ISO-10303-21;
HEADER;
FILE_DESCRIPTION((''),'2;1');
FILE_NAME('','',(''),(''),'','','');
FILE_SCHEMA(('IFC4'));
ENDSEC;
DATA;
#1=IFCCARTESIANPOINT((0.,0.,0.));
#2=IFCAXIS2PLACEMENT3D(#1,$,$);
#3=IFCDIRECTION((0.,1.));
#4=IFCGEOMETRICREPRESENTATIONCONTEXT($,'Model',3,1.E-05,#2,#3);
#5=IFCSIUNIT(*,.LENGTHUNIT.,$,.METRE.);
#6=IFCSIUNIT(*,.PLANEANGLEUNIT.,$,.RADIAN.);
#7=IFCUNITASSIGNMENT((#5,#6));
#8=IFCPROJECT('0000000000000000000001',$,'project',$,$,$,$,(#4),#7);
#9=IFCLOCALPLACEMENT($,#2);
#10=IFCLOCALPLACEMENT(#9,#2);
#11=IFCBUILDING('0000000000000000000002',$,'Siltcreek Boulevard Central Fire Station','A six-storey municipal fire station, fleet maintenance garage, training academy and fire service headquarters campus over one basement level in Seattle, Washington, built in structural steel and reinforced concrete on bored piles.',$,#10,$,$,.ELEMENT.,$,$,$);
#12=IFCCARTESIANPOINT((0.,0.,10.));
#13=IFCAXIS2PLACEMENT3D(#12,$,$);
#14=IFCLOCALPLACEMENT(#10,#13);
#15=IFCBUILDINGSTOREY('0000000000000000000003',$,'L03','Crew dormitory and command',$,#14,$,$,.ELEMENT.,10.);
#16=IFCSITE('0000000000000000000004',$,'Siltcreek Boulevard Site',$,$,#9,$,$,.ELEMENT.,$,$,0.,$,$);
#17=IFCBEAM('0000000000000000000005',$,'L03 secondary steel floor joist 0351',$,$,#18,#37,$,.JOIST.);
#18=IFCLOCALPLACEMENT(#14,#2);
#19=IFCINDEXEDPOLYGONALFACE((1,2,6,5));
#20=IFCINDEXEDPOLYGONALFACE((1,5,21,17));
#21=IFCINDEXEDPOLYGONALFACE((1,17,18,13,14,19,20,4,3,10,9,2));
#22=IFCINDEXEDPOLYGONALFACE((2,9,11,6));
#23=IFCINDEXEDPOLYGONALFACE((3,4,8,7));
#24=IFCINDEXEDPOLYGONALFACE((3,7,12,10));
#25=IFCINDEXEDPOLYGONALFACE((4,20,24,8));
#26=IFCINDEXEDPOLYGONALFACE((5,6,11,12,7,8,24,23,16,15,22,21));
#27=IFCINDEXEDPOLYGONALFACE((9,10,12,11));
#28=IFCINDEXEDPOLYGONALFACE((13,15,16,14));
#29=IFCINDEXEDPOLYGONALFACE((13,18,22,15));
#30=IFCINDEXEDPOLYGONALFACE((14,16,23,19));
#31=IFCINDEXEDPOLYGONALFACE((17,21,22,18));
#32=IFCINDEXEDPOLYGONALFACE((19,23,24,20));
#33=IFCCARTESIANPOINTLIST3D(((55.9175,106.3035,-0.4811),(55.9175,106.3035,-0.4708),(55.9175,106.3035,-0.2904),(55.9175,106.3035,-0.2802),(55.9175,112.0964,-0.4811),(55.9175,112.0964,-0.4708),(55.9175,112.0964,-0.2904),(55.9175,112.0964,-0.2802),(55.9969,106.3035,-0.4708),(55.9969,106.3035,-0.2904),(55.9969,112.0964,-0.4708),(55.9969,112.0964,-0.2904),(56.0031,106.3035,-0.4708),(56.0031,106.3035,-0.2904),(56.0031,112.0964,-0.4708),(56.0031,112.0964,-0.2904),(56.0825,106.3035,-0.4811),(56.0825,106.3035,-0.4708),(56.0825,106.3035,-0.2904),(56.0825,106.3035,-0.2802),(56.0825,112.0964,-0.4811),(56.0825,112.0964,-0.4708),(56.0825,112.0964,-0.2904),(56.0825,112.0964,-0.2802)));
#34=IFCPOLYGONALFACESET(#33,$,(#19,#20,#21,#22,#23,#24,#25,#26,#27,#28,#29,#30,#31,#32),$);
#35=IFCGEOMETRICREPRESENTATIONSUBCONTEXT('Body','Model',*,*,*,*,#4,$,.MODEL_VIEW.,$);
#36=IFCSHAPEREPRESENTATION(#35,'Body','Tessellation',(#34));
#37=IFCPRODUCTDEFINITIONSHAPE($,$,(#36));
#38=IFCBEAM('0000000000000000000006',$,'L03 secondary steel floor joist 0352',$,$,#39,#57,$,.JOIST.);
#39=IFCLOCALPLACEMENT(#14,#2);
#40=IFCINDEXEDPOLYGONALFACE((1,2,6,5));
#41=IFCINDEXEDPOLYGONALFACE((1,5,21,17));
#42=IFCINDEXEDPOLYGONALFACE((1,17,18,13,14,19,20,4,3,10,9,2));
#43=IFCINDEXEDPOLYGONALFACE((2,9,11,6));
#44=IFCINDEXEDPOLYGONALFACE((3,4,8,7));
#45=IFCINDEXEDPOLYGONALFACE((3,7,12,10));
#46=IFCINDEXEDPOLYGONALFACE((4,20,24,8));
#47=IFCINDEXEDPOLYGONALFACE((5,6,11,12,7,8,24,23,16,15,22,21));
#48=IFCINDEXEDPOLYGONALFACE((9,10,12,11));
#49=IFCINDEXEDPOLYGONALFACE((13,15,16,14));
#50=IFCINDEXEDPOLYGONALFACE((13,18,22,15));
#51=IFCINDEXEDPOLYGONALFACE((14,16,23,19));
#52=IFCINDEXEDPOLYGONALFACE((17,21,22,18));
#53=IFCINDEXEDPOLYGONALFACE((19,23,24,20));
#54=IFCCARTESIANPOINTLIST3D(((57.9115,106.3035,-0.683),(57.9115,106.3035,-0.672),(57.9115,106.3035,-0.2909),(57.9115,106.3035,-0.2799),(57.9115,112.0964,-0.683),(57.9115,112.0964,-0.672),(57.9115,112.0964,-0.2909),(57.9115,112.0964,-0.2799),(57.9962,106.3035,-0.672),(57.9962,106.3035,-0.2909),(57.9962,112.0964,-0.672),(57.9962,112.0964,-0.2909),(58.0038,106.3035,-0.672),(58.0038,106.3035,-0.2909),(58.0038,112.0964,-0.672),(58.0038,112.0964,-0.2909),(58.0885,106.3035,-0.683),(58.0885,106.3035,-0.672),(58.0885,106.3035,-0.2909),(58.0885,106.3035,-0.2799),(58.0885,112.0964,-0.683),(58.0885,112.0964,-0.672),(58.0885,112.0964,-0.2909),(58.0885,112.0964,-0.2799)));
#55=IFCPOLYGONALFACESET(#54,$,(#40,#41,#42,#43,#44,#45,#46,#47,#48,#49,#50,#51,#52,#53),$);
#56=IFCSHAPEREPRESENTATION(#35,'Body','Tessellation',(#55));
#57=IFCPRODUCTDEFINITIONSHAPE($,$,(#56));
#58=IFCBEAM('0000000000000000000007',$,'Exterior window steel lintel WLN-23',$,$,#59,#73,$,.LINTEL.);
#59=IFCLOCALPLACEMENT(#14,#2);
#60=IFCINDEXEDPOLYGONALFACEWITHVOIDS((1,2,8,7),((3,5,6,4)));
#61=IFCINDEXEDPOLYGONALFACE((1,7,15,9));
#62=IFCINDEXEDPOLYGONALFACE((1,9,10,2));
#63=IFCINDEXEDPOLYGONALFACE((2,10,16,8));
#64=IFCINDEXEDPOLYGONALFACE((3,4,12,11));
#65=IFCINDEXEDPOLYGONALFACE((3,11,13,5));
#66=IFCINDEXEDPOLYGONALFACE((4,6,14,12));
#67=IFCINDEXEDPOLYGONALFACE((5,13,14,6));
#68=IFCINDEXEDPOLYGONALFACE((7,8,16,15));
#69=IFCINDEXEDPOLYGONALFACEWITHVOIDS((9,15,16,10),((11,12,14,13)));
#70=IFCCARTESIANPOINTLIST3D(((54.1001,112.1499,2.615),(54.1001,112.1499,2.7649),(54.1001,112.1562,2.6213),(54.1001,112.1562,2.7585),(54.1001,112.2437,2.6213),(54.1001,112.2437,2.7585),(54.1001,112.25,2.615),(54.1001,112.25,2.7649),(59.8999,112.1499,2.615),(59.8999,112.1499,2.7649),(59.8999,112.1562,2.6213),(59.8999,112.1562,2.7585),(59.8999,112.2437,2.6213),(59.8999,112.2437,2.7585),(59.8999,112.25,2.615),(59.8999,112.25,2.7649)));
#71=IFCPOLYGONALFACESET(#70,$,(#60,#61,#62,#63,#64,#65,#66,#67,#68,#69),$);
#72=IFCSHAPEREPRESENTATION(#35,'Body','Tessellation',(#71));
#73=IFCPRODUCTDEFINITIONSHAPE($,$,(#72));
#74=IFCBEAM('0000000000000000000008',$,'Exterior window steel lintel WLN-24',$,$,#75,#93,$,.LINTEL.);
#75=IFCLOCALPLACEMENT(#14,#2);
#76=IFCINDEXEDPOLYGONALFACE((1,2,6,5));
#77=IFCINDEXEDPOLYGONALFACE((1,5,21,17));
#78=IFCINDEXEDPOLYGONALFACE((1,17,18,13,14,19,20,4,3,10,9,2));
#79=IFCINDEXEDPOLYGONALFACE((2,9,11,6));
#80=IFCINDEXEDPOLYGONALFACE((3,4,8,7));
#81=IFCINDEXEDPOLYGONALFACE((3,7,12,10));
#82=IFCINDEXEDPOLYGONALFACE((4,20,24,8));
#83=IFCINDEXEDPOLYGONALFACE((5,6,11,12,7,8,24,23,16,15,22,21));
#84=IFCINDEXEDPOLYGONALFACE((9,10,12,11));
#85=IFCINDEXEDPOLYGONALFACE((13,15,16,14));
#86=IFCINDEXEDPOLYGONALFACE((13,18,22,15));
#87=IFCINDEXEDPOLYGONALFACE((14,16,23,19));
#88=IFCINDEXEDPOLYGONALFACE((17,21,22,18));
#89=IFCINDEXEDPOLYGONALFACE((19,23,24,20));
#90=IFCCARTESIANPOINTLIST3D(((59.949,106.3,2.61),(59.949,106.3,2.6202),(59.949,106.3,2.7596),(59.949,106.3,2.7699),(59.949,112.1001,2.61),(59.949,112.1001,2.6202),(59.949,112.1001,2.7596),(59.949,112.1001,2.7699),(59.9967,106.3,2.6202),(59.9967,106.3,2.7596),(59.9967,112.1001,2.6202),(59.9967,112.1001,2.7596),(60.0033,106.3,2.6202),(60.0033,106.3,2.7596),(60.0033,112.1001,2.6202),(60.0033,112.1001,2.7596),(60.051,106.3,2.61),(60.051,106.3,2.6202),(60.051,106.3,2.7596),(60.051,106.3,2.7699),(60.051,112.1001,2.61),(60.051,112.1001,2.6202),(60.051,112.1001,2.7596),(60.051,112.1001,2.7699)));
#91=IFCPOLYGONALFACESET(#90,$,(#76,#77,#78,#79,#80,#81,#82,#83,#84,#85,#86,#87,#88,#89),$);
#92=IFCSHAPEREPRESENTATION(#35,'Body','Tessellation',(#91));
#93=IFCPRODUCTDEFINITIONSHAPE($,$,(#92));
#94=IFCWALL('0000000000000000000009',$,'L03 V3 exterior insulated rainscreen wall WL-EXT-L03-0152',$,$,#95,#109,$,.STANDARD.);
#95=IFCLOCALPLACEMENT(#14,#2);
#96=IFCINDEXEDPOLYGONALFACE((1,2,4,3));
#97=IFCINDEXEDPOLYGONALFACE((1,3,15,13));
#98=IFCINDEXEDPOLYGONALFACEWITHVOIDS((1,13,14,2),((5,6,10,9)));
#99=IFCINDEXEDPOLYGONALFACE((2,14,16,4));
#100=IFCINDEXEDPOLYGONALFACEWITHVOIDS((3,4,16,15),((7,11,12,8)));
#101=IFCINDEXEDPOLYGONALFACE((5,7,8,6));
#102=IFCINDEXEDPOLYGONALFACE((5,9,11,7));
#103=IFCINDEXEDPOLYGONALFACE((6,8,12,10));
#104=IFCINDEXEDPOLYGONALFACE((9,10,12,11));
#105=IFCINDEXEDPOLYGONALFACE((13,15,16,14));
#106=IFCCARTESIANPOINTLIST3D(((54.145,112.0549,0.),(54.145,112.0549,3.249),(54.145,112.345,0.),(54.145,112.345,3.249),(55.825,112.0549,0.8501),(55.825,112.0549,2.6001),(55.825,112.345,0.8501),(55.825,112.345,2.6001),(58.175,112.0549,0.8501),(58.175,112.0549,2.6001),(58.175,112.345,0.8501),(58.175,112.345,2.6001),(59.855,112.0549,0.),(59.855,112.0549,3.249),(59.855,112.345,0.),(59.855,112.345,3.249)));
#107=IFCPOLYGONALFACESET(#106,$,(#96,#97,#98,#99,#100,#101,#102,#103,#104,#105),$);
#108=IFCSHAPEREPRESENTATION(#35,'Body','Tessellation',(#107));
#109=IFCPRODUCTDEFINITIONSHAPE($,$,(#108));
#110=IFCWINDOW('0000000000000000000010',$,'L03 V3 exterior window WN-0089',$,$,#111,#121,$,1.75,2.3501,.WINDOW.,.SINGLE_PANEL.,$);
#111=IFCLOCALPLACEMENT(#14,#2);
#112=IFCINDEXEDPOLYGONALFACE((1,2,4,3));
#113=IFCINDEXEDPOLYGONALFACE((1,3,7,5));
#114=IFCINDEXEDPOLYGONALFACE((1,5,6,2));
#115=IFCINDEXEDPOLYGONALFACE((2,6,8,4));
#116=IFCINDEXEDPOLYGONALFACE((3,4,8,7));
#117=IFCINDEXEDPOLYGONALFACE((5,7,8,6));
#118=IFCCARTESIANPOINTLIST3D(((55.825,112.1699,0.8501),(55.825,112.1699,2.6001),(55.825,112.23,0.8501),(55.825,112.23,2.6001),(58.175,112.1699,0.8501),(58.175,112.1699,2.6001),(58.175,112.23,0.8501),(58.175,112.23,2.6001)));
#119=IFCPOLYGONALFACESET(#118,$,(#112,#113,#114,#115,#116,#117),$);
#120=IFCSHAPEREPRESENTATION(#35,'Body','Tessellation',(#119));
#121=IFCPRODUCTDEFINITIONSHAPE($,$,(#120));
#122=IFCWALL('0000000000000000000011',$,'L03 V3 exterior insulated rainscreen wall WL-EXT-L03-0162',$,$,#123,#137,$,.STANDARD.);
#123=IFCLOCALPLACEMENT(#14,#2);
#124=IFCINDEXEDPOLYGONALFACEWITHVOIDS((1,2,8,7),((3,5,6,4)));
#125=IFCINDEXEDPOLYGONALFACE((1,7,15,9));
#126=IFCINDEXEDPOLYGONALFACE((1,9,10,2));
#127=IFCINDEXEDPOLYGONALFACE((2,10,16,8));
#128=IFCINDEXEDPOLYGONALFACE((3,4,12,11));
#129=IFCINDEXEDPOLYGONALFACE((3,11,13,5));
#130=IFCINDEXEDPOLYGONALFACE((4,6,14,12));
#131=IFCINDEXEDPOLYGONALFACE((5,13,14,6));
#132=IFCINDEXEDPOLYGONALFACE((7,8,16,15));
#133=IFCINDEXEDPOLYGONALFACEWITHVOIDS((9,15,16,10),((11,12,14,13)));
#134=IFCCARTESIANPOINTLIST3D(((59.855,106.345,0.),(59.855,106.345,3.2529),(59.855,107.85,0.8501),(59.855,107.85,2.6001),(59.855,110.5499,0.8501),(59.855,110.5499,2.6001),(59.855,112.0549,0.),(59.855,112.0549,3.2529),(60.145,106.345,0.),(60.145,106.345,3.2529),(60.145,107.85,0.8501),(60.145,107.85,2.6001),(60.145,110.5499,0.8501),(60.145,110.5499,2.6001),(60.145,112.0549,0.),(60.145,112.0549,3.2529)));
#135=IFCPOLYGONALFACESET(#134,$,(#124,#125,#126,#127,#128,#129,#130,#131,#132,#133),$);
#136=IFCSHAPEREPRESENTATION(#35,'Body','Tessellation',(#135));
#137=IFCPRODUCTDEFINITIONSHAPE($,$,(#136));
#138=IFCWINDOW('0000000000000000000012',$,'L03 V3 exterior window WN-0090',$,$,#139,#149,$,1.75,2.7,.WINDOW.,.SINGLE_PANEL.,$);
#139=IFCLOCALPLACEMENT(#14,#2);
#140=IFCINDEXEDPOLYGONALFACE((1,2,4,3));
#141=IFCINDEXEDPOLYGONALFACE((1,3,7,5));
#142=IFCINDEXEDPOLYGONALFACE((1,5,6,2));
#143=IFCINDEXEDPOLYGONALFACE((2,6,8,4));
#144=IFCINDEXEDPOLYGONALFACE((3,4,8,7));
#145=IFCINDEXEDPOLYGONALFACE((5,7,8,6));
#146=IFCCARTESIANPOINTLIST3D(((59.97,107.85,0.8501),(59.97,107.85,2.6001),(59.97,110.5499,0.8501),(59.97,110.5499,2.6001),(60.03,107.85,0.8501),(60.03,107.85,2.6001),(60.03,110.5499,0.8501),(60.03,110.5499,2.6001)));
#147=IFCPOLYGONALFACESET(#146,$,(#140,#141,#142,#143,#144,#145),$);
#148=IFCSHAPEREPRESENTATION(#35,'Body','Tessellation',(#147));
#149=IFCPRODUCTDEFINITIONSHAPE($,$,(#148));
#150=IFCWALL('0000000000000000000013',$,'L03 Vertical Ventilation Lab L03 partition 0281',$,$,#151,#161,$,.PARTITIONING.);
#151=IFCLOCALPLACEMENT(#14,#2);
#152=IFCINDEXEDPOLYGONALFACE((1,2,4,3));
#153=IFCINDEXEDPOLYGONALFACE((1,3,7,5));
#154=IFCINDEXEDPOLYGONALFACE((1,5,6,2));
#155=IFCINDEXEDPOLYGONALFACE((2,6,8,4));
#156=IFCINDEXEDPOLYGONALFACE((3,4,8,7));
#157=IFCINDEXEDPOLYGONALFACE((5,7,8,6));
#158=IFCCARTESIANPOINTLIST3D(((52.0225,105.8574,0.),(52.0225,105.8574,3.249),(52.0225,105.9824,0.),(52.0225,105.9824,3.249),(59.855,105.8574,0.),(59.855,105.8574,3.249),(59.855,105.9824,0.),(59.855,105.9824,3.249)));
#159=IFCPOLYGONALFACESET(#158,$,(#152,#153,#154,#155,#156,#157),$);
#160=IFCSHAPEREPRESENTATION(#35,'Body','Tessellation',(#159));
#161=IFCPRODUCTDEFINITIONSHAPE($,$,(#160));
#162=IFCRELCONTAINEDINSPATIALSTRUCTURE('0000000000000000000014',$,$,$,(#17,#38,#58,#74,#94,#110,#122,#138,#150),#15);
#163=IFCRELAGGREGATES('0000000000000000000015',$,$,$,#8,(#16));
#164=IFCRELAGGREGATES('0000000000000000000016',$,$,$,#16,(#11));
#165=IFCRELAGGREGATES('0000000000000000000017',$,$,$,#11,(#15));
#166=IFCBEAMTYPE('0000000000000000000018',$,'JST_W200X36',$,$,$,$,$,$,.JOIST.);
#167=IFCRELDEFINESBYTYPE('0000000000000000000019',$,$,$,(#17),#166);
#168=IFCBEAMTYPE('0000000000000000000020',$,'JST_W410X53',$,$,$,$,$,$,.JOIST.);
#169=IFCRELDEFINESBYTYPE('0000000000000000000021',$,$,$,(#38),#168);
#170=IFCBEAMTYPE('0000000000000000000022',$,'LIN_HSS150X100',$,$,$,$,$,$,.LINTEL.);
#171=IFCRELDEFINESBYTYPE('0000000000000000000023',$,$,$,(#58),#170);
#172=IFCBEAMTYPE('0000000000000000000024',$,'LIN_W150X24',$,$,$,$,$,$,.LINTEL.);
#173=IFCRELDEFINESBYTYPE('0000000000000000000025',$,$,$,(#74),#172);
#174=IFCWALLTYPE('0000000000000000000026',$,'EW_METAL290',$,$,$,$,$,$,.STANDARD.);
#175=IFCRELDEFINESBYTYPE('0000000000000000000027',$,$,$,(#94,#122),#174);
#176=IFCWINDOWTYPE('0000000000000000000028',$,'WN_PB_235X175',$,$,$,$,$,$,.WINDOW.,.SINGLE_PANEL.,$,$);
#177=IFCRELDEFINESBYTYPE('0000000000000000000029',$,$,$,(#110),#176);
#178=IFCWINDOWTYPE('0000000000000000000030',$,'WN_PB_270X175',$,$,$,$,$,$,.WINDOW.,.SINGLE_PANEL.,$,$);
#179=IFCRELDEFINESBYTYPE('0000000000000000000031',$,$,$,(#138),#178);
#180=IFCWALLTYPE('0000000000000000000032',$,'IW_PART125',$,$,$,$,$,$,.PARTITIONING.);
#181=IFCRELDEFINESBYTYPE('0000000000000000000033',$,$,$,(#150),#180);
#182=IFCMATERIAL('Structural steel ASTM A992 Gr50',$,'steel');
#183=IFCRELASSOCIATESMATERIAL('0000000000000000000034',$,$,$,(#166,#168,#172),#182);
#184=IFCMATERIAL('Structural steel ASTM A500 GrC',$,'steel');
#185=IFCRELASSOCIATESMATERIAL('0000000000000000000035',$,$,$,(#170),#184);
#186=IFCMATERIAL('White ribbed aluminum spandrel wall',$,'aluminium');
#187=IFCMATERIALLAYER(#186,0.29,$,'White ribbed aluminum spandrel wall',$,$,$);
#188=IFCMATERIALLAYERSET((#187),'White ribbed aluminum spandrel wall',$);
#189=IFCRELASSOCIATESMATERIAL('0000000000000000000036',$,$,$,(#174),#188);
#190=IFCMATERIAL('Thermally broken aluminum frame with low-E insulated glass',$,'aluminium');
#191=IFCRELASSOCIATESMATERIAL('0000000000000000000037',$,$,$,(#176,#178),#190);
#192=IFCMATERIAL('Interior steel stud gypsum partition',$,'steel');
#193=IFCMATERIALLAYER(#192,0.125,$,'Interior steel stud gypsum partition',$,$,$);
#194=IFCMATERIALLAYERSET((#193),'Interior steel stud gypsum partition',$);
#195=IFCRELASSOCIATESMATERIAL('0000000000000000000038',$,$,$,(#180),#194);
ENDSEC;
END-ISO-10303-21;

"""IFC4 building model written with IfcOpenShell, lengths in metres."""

from ifc_helpers import new_model, si_unit, direction, frame, frame_2d, origin, origin_2d, place, context, subcontext, project, spatial, rectangle, hollow_rectangle, i_section, extrude, material, layer, layer_set, material_profile, profile_set, type_object, element, fill, save


model = new_model("IFC4")

# Units and contexts
model_context = context("Model", 3, precision=1e-05, world=origin(), true_north=direction((0.0, 1.0)))
body_context = subcontext(model_context, "Body", "Model", "MODEL_VIEW")
ifc_project = project(units=[si_unit("LENGTHUNIT", "METRE"), si_unit("PLANEANGLEUNIT", "RADIAN")], contexts=[model_context])

# Site, building, storey
site_placement = place(None, origin())
site = spatial("IfcSite", under=ifc_project, at=site_placement, Name="Siltcreek Boulevard Site", CompositionType="ELEMENT", RefElevation=0.0)
building_placement = place(site_placement, origin())
building = spatial("IfcBuilding", under=site, at=building_placement, Name="Siltcreek Boulevard Central Fire Station", Description="A six-storey municipal fire station, fleet maintenance garage, training academy and fire service headquarters campus over one basement level in Seattle, Washington, built in structural steel and reinforced concrete on bored piles.", CompositionType="ELEMENT")
storey_placement = place(building_placement, frame((0.0, 0.0, 10.0)))
storey = spatial("IfcBuildingStorey", under=building, at=storey_placement, Name="L03", Description="Crew dormitory and command", CompositionType="ELEMENT", Elevation=10.0)

# Shared definitions
ifc_material_1 = material(Name="Structural steel ASTM A992 Gr50", Category="steel")

# Beams
ifc_material_profile_1 = material_profile(ifc_material_1, i_section(OverallWidth=0.165, OverallDepth=0.2009, WebThickness=0.0061, FlangeThickness=0.0103, at=origin_2d()), Name="W200X36")
ifc_profile_set_1 = profile_set([ifc_material_profile_1], Name="Structural steel ASTM A992 Gr50")
beam_type_1 = type_object("IfcBeamType", Name="JST_W200X36", PredefinedType="JOIST", material=ifc_profile_set_1)
beam_1_placement = place(storey_placement, frame((56.0, 106.3035, -0.3806), z_axis=(0.0, 1.0, 0.0), x_axis=(-1.0, 0.0, 0.0)))
element("IfcBeam", 1, at=beam_1_placement, inside=storey, type_object=beam_type_1, Name="L03 secondary steel floor joist 0351", PredefinedType="JOIST", context=body_context, shape_type="SweptSolid", body=[
    extrude(i_section(OverallWidth=0.165, OverallDepth=0.2009, WebThickness=0.0061, FlangeThickness=0.0103, at=origin_2d()), origin(), (0.0, 0.0, 1.0), 5.793),
])
ifc_material_profile_2 = material_profile(ifc_material_1, i_section(OverallWidth=0.177, OverallDepth=0.4031, WebThickness=0.0076, FlangeThickness=0.011, at=origin_2d()), Name="W410X53")
ifc_profile_set_2 = profile_set([ifc_material_profile_2], Name="Structural steel ASTM A992 Gr50")
beam_type_2 = type_object("IfcBeamType", Name="JST_W410X53", PredefinedType="JOIST", material=ifc_profile_set_2)
beam_2_placement = place(storey_placement, frame((58.0, 106.3035, -0.4814), z_axis=(0.0, 1.0, 0.0), x_axis=(-1.0, 0.0, 0.0)))
element("IfcBeam", 2, at=beam_2_placement, inside=storey, type_object=beam_type_2, Name="L03 secondary steel floor joist 0352", PredefinedType="JOIST", context=body_context, shape_type="SweptSolid", body=[
    extrude(i_section(OverallWidth=0.177, OverallDepth=0.4031, WebThickness=0.0076, FlangeThickness=0.011, at=origin_2d()), origin(), (0.0, 0.0, 1.0), 5.793),
])
ifc_material_2 = material(Name="Structural steel ASTM A500 GrC", Category="steel")
ifc_material_profile_3 = material_profile(ifc_material_2, hollow_rectangle(XDim=0.1001, YDim=0.1499, WallThickness=0.0063, at=origin_2d()), Name="HSS150X100X6.4")
ifc_profile_set_3 = profile_set([ifc_material_profile_3], Name="Structural steel ASTM A500 GrC")
beam_type_3 = type_object("IfcBeamType", Name="LIN_HSS150X100", PredefinedType="LINTEL", material=ifc_profile_set_3)
beam_3_placement = place(storey_placement, frame((59.8999, 112.2, 2.6899), z_axis=(-1.0, 0.0, 0.0), x_axis=(0.0, -1.0, 0.0)))
element("IfcBeam", 3, at=beam_3_placement, inside=storey, type_object=beam_type_3, Name="Exterior window steel lintel WLN-23", PredefinedType="LINTEL", context=body_context, shape_type="SweptSolid", body=[
    extrude(hollow_rectangle(XDim=0.1001, YDim=0.1499, WallThickness=0.0063, at=origin_2d()), origin(), (0.0, 0.0, 1.0), 5.7998),
])
ifc_material_profile_4 = material_profile(ifc_material_1, i_section(OverallWidth=0.1021, OverallDepth=0.1599, WebThickness=0.0066, FlangeThickness=0.0103, at=origin_2d()), Name="W150X24")
ifc_profile_set_4 = profile_set([ifc_material_profile_4], Name="Structural steel ASTM A992 Gr50")
beam_type_4 = type_object("IfcBeamType", Name="LIN_W150X24", PredefinedType="LINTEL", material=ifc_profile_set_4)
beam_4_placement = place(storey_placement, frame((60.0, 106.3, 2.6899), z_axis=(0.0, 1.0, 0.0), x_axis=(-1.0, 0.0, 0.0)))
element("IfcBeam", 4, at=beam_4_placement, inside=storey, type_object=beam_type_4, Name="Exterior window steel lintel WLN-24", PredefinedType="LINTEL", context=body_context, shape_type="SweptSolid", body=[
    extrude(i_section(OverallWidth=0.1021, OverallDepth=0.1599, WebThickness=0.0066, FlangeThickness=0.0103, at=origin_2d()), origin(), (0.0, 0.0, 1.0), 5.8),
])

# Walls, openings, windows
ifc_material_3 = material(Name="White ribbed aluminum spandrel wall", Category="aluminium")
ifc_layer_1 = layer(ifc_material_3, 0.29, Name="White ribbed aluminum spandrel wall")
ifc_layer_set_1 = layer_set([ifc_layer_1], Name="White ribbed aluminum spandrel wall")
wall_type_1 = type_object("IfcWallType", Name="EW_METAL290", PredefinedType="STANDARD", material=ifc_layer_set_1)
wall_1_placement = place(storey_placement, frame((59.855, 112.2, 0.0), z_axis=(0.0, 0.0, 1.0), x_axis=(-1.0, 0.0, 0.0)))
wall_1 = element("IfcWall", 5, at=wall_1_placement, inside=storey, type_object=wall_type_1, Name="L03 V3 exterior insulated rainscreen wall WL-EXT-L03-0152", PredefinedType="STANDARD", context=body_context, shape_type="SweptSolid", body=[
    extrude(rectangle(XDim=5.71, YDim=0.29, at=frame_2d((2.855, 0.0))), origin(), (0.0, 0.0, 1.0), 3.249),
])
opening_1_placement = place(wall_1_placement, frame((1.6799, 0.0, 0.8501)))
opening_1 = element("IfcOpeningElement", 6, at=opening_1_placement, cuts=wall_1, PredefinedType="OPENING", context=body_context, shape_type="SweptSolid", body=[
    extrude(rectangle(XDim=2.3501, YDim=1.75, at=frame_2d((1.175, 0.875))), frame((0.0, 0.155, 0.0), z_axis=(0.0, -1.0, 0.0), x_axis=(1.0, 0.0, 0.0)), (0.0, 0.0, 1.0), 0.3101),
])
ifc_material_4 = material(Name="Thermally broken aluminum frame with low-E insulated glass", Category="aluminium")
window_type_1 = type_object("IfcWindowType", Name="WN_PB_235X175", PartitioningType="SINGLE_PANEL", PredefinedType="WINDOW", material=ifc_material_4)
window_1_placement = place(opening_1_placement, origin())
window_1 = element("IfcWindow", 7, at=window_1_placement, inside=storey, type_object=window_type_1, Name="L03 V3 exterior window WN-0089", OverallHeight=1.75, OverallWidth=2.3501, PartitioningType="SINGLE_PANEL", PredefinedType="WINDOW", context=body_context, shape_type="SweptSolid", body=[
    extrude(rectangle(XDim=2.3501, YDim=1.75, at=frame_2d((1.175, 0.875))), frame((0.0, 0.03, 0.0), z_axis=(0.0, -1.0, 0.0), x_axis=(1.0, 0.0, 0.0)), (0.0, 0.0, 1.0), 0.0601),
])
fill(opening_1, window_1)
wall_2_placement = place(storey_placement, frame((60.0, 106.345, 0.0), z_axis=(0.0, 0.0, 1.0), x_axis=(0.0, 1.0, 0.0)))
wall_2 = element("IfcWall", 8, at=wall_2_placement, inside=storey, type_object=wall_type_1, Name="L03 V3 exterior insulated rainscreen wall WL-EXT-L03-0162", PredefinedType="STANDARD", context=body_context, shape_type="SweptSolid", body=[
    extrude(rectangle(XDim=5.71, YDim=0.29, at=frame_2d((2.855, 0.0))), origin(), (0.0, 0.0, 1.0), 3.2529),
])
opening_2_placement = place(wall_2_placement, frame((1.5049, 0.0, 0.8501)))
opening_2 = element("IfcOpeningElement", 9, at=opening_2_placement, cuts=wall_2, PredefinedType="OPENING", context=body_context, shape_type="SweptSolid", body=[
    extrude(rectangle(XDim=2.7, YDim=1.75, at=frame_2d((1.3501, 0.875))), frame((0.0, 0.155, 0.0), z_axis=(0.0, -1.0, 0.0), x_axis=(1.0, 0.0, 0.0)), (0.0, 0.0, 1.0), 0.3101),
])
window_type_2 = type_object("IfcWindowType", Name="WN_PB_270X175", PartitioningType="SINGLE_PANEL", PredefinedType="WINDOW", material=ifc_material_4)
window_2_placement = place(opening_2_placement, origin())
window_2 = element("IfcWindow", 10, at=window_2_placement, inside=storey, type_object=window_type_2, Name="L03 V3 exterior window WN-0090", OverallHeight=1.75, OverallWidth=2.7, PartitioningType="SINGLE_PANEL", PredefinedType="WINDOW", context=body_context, shape_type="SweptSolid", body=[
    extrude(rectangle(XDim=2.7, YDim=1.75, at=frame_2d((1.3501, 0.875))), frame((0.0, 0.03, 0.0), z_axis=(0.0, -1.0, 0.0), x_axis=(1.0, 0.0, 0.0)), (0.0, 0.0, 1.0), 0.0601),
])
fill(opening_2, window_2)

# Wall
ifc_material_5 = material(Name="Interior steel stud gypsum partition", Category="steel")
ifc_layer_2 = layer(ifc_material_5, 0.125, Name="Interior steel stud gypsum partition")
ifc_layer_set_2 = layer_set([ifc_layer_2], Name="Interior steel stud gypsum partition")
wall_type_2 = type_object("IfcWallType", Name="IW_PART125", PredefinedType="PARTITIONING", material=ifc_layer_set_2)
wall_3_placement = place(storey_placement, frame((59.855, 105.9199, 0.0), z_axis=(0.0, 0.0, 1.0), x_axis=(-1.0, 0.0, 0.0)))
element("IfcWall", 11, at=wall_3_placement, inside=storey, type_object=wall_type_2, Name="L03 Vertical Ventilation Lab L03 partition 0281", PredefinedType="PARTITIONING", context=body_context, shape_type="SweptSolid", body=[
    extrude(rectangle(XDim=7.8325, YDim=0.125, at=frame_2d((3.9163, 0.0))), origin(), (0.0, 0.0, 1.0), 3.249),
])

save(model, "model.ifc")
